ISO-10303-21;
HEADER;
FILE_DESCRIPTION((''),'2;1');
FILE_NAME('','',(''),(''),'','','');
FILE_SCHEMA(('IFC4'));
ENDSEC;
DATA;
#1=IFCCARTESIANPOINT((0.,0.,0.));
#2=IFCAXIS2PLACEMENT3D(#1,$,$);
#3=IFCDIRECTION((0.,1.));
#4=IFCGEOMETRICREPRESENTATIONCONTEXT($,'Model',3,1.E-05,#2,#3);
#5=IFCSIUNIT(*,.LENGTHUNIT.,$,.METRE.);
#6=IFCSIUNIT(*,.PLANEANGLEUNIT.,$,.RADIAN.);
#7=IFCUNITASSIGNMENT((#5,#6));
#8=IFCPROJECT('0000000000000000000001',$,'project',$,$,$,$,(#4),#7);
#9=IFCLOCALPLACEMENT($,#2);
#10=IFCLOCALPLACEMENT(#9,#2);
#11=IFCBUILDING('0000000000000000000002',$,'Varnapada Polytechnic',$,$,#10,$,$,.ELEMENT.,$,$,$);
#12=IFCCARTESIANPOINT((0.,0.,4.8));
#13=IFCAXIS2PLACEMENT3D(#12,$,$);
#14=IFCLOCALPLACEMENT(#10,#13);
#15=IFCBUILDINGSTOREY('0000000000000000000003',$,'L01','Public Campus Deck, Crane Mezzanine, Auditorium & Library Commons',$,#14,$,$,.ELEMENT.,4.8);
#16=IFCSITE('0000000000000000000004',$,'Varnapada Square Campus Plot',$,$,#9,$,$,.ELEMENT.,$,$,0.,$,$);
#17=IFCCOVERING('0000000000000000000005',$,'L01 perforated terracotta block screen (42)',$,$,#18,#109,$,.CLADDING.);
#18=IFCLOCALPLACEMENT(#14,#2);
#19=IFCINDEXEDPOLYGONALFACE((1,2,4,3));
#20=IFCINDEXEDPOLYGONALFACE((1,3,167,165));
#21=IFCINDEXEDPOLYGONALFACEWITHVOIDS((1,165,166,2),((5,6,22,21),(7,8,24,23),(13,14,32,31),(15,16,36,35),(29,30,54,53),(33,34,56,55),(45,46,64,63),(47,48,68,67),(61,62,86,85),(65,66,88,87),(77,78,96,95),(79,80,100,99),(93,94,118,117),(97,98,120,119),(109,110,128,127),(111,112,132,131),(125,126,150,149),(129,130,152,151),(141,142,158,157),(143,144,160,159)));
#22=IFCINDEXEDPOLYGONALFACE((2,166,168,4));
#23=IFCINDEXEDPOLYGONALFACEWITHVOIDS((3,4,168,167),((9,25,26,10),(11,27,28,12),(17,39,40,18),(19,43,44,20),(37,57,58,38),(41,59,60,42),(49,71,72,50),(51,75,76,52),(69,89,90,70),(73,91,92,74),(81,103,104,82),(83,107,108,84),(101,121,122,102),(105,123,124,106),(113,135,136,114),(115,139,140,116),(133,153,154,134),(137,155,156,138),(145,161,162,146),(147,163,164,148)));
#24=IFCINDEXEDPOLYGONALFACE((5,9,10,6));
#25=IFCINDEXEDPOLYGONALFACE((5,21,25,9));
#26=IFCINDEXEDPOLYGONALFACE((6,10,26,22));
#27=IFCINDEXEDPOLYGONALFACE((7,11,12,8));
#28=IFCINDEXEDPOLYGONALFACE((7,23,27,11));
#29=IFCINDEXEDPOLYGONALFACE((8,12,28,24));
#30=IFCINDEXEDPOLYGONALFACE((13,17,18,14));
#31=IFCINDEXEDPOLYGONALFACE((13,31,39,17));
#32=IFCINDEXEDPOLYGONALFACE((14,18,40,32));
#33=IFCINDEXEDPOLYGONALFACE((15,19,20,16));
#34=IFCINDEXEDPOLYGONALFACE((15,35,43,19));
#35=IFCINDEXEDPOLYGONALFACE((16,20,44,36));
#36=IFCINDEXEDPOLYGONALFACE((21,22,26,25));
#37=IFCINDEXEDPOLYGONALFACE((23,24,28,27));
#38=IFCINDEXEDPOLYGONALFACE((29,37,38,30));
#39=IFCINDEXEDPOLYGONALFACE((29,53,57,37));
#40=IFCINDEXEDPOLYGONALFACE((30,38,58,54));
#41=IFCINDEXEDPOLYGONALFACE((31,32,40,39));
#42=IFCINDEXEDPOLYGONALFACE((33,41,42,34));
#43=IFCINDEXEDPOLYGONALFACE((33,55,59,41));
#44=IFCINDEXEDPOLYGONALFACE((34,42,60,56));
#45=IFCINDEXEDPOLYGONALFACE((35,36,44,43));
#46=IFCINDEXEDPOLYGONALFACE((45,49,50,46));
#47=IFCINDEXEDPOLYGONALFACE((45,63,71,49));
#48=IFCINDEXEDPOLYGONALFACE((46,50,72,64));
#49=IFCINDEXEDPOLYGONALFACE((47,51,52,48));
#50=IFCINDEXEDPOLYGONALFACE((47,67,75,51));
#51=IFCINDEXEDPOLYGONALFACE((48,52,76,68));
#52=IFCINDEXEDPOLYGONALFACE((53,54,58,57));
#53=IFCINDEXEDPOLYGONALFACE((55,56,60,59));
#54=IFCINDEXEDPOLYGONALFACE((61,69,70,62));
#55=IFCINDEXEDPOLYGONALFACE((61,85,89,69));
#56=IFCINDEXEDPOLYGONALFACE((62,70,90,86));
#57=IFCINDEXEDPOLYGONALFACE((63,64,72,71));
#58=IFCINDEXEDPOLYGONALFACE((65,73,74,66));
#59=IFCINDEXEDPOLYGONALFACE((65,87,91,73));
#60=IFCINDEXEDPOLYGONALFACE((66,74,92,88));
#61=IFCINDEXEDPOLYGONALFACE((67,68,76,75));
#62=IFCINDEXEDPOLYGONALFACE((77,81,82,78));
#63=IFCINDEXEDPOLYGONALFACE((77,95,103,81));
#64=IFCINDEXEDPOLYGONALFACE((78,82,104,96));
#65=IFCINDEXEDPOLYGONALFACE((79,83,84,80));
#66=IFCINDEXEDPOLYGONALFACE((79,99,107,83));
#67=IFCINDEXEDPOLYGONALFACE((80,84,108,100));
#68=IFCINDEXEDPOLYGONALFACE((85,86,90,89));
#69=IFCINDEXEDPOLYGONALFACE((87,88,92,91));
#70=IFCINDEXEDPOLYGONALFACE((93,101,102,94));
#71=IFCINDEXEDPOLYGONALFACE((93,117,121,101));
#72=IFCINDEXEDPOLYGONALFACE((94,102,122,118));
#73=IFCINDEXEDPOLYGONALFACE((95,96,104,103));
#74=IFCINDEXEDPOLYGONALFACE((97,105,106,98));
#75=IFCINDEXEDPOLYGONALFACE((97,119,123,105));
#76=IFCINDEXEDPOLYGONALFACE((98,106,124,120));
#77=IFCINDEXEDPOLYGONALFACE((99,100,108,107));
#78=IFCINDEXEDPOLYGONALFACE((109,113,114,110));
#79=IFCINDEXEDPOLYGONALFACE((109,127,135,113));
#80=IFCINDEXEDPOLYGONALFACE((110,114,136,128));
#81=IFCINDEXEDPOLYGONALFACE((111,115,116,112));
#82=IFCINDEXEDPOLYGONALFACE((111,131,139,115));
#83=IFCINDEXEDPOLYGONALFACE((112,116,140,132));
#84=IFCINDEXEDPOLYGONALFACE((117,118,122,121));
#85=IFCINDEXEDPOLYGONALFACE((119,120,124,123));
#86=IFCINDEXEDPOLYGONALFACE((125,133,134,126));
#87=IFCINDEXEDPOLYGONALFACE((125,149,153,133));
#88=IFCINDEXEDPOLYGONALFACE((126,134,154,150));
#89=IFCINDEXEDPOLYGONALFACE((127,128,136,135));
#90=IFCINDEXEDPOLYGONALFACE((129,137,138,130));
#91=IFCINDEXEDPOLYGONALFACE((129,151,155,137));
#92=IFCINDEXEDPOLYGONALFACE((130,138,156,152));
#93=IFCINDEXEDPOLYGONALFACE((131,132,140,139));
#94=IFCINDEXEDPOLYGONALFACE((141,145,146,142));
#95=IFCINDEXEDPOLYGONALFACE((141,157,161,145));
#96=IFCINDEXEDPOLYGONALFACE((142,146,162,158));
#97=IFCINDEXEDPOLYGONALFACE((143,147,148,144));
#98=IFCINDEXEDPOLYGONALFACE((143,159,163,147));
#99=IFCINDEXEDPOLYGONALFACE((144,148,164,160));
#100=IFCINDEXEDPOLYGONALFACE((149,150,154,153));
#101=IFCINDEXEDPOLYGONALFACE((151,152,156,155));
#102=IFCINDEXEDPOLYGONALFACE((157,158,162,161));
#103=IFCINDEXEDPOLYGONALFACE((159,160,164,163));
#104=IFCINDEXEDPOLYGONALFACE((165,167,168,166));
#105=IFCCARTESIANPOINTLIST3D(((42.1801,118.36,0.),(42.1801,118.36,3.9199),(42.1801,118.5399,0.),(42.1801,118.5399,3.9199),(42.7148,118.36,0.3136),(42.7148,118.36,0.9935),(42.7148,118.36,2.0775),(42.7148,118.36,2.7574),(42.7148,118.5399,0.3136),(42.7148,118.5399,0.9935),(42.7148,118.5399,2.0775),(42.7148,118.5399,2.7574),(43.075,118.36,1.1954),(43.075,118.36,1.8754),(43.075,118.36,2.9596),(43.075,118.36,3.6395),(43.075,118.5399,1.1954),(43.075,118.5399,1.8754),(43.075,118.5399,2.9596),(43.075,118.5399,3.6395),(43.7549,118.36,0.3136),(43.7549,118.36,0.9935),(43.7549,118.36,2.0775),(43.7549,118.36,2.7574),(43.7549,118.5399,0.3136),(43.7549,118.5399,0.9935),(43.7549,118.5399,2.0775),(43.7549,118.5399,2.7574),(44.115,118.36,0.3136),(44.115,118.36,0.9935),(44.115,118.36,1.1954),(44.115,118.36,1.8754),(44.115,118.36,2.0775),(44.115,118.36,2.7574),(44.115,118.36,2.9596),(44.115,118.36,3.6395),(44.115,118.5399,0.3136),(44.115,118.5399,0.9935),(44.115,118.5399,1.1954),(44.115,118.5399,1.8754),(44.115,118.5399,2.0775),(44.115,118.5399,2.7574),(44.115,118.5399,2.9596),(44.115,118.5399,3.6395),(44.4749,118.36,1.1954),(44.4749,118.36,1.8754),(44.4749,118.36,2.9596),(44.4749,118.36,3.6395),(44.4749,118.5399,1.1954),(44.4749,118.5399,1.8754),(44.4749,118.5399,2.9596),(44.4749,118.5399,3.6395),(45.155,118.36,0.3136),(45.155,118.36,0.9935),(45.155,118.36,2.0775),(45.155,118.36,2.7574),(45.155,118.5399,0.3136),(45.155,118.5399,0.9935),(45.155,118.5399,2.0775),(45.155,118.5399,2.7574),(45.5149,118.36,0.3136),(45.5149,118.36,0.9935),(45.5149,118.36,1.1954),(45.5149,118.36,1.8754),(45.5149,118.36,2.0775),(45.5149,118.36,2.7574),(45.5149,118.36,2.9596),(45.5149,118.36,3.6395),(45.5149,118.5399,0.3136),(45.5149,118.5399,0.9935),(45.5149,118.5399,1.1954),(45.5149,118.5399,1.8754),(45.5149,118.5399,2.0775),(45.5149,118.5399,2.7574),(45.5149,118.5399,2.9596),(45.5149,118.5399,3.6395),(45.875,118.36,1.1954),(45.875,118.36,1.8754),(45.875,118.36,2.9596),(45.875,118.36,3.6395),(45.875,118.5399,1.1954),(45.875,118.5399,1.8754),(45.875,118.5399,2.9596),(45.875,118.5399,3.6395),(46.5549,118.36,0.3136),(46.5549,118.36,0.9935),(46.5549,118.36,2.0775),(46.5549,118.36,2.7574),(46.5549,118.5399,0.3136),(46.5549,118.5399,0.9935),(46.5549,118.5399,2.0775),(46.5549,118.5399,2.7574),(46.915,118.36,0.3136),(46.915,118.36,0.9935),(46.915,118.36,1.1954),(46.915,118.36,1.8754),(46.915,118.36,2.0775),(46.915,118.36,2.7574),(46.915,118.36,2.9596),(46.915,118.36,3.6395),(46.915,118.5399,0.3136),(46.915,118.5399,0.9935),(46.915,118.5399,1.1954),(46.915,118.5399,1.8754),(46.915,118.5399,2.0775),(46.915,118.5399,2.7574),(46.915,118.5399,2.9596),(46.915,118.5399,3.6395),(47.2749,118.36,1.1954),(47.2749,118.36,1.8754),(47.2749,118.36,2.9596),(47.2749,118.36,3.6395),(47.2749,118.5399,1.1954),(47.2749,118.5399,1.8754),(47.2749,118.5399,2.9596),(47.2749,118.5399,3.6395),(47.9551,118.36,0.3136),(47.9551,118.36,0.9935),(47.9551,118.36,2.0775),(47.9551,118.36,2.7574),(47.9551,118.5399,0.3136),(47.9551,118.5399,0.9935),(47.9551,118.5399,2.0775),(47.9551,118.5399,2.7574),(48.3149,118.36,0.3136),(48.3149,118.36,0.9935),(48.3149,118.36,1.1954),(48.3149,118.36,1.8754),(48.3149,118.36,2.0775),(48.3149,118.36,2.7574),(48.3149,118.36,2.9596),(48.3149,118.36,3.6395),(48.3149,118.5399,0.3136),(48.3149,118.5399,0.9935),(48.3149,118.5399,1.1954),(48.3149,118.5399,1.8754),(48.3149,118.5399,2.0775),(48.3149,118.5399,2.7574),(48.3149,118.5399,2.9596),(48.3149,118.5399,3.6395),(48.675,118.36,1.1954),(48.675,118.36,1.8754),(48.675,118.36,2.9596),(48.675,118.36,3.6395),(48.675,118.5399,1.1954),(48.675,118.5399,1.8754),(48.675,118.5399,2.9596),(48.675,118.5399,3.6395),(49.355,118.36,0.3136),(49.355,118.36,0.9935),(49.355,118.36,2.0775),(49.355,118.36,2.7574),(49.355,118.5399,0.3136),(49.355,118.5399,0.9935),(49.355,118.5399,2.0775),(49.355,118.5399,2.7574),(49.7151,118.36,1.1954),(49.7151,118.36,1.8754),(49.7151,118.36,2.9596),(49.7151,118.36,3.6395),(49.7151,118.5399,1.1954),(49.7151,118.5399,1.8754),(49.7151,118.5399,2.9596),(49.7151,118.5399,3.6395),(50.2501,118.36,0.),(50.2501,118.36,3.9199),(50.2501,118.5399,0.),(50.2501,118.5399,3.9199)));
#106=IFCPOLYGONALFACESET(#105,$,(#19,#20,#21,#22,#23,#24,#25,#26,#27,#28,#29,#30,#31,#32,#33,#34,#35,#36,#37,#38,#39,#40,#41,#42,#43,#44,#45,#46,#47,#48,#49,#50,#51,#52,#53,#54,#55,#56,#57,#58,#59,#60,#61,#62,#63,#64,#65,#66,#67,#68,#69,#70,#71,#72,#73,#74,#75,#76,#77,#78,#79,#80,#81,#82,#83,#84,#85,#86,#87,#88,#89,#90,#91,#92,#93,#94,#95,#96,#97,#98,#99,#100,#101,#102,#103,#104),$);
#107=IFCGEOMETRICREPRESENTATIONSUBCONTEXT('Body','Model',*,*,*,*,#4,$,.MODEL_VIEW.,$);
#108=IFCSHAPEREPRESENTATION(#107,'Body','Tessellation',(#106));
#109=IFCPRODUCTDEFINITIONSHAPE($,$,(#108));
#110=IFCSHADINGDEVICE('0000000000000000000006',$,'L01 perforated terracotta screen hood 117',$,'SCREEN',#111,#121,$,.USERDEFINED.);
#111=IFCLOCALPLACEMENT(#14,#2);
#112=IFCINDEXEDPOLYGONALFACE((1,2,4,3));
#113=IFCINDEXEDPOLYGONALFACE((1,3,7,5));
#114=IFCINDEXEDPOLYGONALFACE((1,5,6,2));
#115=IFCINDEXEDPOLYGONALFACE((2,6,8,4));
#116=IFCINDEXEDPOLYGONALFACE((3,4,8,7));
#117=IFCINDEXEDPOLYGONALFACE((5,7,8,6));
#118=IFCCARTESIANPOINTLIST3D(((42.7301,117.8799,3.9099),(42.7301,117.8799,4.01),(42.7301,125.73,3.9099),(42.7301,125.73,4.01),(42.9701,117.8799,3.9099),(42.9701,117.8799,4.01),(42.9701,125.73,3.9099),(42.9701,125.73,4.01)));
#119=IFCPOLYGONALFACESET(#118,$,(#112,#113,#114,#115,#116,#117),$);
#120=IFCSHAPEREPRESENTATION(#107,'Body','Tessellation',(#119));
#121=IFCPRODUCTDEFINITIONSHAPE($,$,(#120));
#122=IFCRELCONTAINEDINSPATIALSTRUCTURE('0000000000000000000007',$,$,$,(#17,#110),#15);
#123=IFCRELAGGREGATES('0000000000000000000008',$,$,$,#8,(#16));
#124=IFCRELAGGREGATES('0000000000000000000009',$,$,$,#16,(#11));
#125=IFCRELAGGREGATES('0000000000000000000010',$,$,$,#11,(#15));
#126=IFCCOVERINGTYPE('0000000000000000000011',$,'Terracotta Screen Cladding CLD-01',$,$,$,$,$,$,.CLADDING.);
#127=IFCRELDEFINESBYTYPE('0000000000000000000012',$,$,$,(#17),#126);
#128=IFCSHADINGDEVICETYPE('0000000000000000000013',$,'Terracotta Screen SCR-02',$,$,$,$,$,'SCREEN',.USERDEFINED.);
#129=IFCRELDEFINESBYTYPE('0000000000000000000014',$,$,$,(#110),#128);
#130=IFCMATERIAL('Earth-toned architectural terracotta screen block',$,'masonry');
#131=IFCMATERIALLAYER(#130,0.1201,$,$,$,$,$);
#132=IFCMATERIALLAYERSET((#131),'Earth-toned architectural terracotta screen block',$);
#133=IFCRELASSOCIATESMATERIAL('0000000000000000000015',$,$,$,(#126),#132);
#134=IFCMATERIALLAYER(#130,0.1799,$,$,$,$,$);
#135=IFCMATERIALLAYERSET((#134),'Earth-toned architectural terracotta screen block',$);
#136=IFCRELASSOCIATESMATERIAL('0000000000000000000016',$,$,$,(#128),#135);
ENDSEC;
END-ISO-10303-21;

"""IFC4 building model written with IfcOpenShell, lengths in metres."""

from ifc_helpers import new_model, si_unit, direction, frame, frame_2d, origin, origin_2d, place, context, subcontext, project, spatial, rectangle, extrude, material, layer, layer_set, type_object, element, save


model = new_model("IFC4")

# Units and contexts
model_context = context("Model", 3, precision=1e-05, world=origin(), true_north=direction((0.0, 1.0)))
body_context = subcontext(model_context, "Body", "Model", "MODEL_VIEW")
ifc_project = project(units=[si_unit("LENGTHUNIT", "METRE"), si_unit("PLANEANGLEUNIT", "RADIAN")], contexts=[model_context])

# Site, building, storey
site_placement = place(None, origin())
site = spatial("IfcSite", under=ifc_project, at=site_placement, Name="Varnapada Square Campus Plot", CompositionType="ELEMENT", RefElevation=0.0)
building_placement = place(site_placement, origin())
building = spatial("IfcBuilding", under=site, at=building_placement, Name="Varnapada Polytechnic", CompositionType="ELEMENT")
storey_placement = place(building_placement, frame((0.0, 0.0, 4.8)))
storey = spatial("IfcBuildingStorey", under=building, at=storey_placement, Name="L01", Description="Public Campus Deck, Crane Mezzanine, Auditorium & Library Commons", CompositionType="ELEMENT", Elevation=4.8)

# Covering, openings
ifc_material_1 = material(Name="Earth-toned architectural terracotta screen block", Category="masonry")
ifc_layer_1 = layer(ifc_material_1, 0.1201)
ifc_layer_set_1 = layer_set([ifc_layer_1], Name="Earth-toned architectural terracotta screen block")
covering_type = type_object("IfcCoveringType", Name="Terracotta Screen Cladding CLD-01", PredefinedType="CLADDING", material=ifc_layer_set_1)
covering_placement = place(storey_placement, frame((42.1799, 118.45, 0.0), z_axis=(0.0, 0.0, 1.0), x_axis=(1.0, 0.0, 0.0)))
covering = element("IfcCovering", 1, at=covering_placement, inside=storey, type_object=covering_type, Name="L01 perforated terracotta block screen (42)", PredefinedType="CLADDING", context=body_context, shape_type="SweptSolid", body=[
    extrude(rectangle(XDim=8.0701, YDim=0.1799, at=frame_2d((4.0352, 0.0))), origin(), (0.0, 0.0, 1.0), 3.9199),
])
opening_1_placement = place(covering_placement, frame((0.5349, 0.0, 0.3137)))
element("IfcOpeningElement", 2, at=opening_1_placement, cuts=covering, PredefinedType="OPENING", context=body_context, shape_type="SweptSolid", body=[
    extrude(rectangle(XDim=1.04, YDim=0.6799, at=frame_2d((0.52, 0.3398))), frame((0.0, 0.0999, 0.0), z_axis=(0.0, -1.0, 0.0), x_axis=(1.0, 0.0, 0.0)), (0.0, 0.0, 1.0), 0.2),
])
opening_2_placement = place(covering_placement, frame((1.9351, 0.0, 0.3137)))
element("IfcOpeningElement", 3, at=opening_2_placement, cuts=covering, PredefinedType="OPENING", context=body_context, shape_type="SweptSolid", body=[
    extrude(rectangle(XDim=1.04, YDim=0.6799, at=frame_2d((0.52, 0.3398))), frame((0.0, 0.0999, 0.0), z_axis=(0.0, -1.0, 0.0), x_axis=(1.0, 0.0, 0.0)), (0.0, 0.0, 1.0), 0.2),
])
opening_3_placement = place(covering_placement, frame((3.335, 0.0, 0.3137)))
element("IfcOpeningElement", 4, at=opening_3_placement, cuts=covering, PredefinedType="OPENING", context=body_context, shape_type="SweptSolid", body=[
    extrude(rectangle(XDim=1.04, YDim=0.6799, at=frame_2d((0.52, 0.3398))), frame((0.0, 0.0999, 0.0), z_axis=(0.0, -1.0, 0.0), x_axis=(1.0, 0.0, 0.0)), (0.0, 0.0, 1.0), 0.2),
])
opening_4_placement = place(covering_placement, frame((4.7351, 0.0, 0.3137)))
element("IfcOpeningElement", 5, at=opening_4_placement, cuts=covering, PredefinedType="OPENING", context=body_context, shape_type="SweptSolid", body=[
    extrude(rectangle(XDim=1.04, YDim=0.6799, at=frame_2d((0.52, 0.3398))), frame((0.0, 0.0999, 0.0), z_axis=(0.0, -1.0, 0.0), x_axis=(1.0, 0.0, 0.0)), (0.0, 0.0, 1.0), 0.2),
])
opening_5_placement = place(covering_placement, frame((6.135, 0.0, 0.3137)))
element("IfcOpeningElement", 6, at=opening_5_placement, cuts=covering, PredefinedType="OPENING", context=body_context, shape_type="SweptSolid", body=[
    extrude(rectangle(XDim=1.04, YDim=0.6799, at=frame_2d((0.52, 0.3398))), frame((0.0, 0.0999, 0.0), z_axis=(0.0, -1.0, 0.0), x_axis=(1.0, 0.0, 0.0)), (0.0, 0.0, 1.0), 0.2),
])
opening_6_placement = place(covering_placement, frame((0.895, 0.0, 1.1956)))
element("IfcOpeningElement", 7, at=opening_6_placement, cuts=covering, PredefinedType="OPENING", context=body_context, shape_type="SweptSolid", body=[
    extrude(rectangle(XDim=1.04, YDim=0.6799, at=frame_2d((0.52, 0.3398))), frame((0.0, 0.0999, 0.0), z_axis=(0.0, -1.0, 0.0), x_axis=(1.0, 0.0, 0.0)), (0.0, 0.0, 1.0), 0.2),
])
opening_7_placement = place(covering_placement, frame((2.2949, 0.0, 1.1956)))
element("IfcOpeningElement", 8, at=opening_7_placement, cuts=covering, PredefinedType="OPENING", context=body_context, shape_type="SweptSolid", body=[
    extrude(rectangle(XDim=1.04, YDim=0.6799, at=frame_2d((0.52, 0.3398))), frame((0.0, 0.0999, 0.0), z_axis=(0.0, -1.0, 0.0), x_axis=(1.0, 0.0, 0.0)), (0.0, 0.0, 1.0), 0.2),
])
opening_8_placement = place(covering_placement, frame((3.6951, 0.0, 1.1956)))
element("IfcOpeningElement", 9, at=opening_8_placement, cuts=covering, PredefinedType="OPENING", context=body_context, shape_type="SweptSolid", body=[
    extrude(rectangle(XDim=1.04, YDim=0.6799, at=frame_2d((0.52, 0.3398))), frame((0.0, 0.0999, 0.0), z_axis=(0.0, -1.0, 0.0), x_axis=(1.0, 0.0, 0.0)), (0.0, 0.0, 1.0), 0.2),
])
opening_9_placement = place(covering_placement, frame((5.095, 0.0, 1.1956)))
element("IfcOpeningElement", 10, at=opening_9_placement, cuts=covering, PredefinedType="OPENING", context=body_context, shape_type="SweptSolid", body=[
    extrude(rectangle(XDim=1.04, YDim=0.6799, at=frame_2d((0.52, 0.3398))), frame((0.0, 0.0999, 0.0), z_axis=(0.0, -1.0, 0.0), x_axis=(1.0, 0.0, 0.0)), (0.0, 0.0, 1.0), 0.2),
])
opening_10_placement = place(covering_placement, frame((6.4951, 0.0, 1.1956)))
element("IfcOpeningElement", 11, at=opening_10_placement, cuts=covering, PredefinedType="OPENING", context=body_context, shape_type="SweptSolid", body=[
    extrude(rectangle(XDim=1.04, YDim=0.6799, at=frame_2d((0.52, 0.3398))), frame((0.0, 0.0999, 0.0), z_axis=(0.0, -1.0, 0.0), x_axis=(1.0, 0.0, 0.0)), (0.0, 0.0, 1.0), 0.2),
])
opening_11_placement = place(covering_placement, frame((0.5349, 0.0, 2.0776)))
element("IfcOpeningElement", 12, at=opening_11_placement, cuts=covering, PredefinedType="OPENING", context=body_context, shape_type="SweptSolid", body=[
    extrude(rectangle(XDim=1.04, YDim=0.6799, at=frame_2d((0.52, 0.3398))), frame((0.0, 0.0999, 0.0), z_axis=(0.0, -1.0, 0.0), x_axis=(1.0, 0.0, 0.0)), (0.0, 0.0, 1.0), 0.2),
])
opening_12_placement = place(covering_placement, frame((1.9351, 0.0, 2.0776)))
element("IfcOpeningElement", 13, at=opening_12_placement, cuts=covering, PredefinedType="OPENING", context=body_context, shape_type="SweptSolid", body=[
    extrude(rectangle(XDim=1.04, YDim=0.6799, at=frame_2d((0.52, 0.3398))), frame((0.0, 0.0999, 0.0), z_axis=(0.0, -1.0, 0.0), x_axis=(1.0, 0.0, 0.0)), (0.0, 0.0, 1.0), 0.2),
])
opening_13_placement = place(covering_placement, frame((3.335, 0.0, 2.0776)))
element("IfcOpeningElement", 14, at=opening_13_placement, cuts=covering, PredefinedType="OPENING", context=body_context, shape_type="SweptSolid", body=[
    extrude(rectangle(XDim=1.04, YDim=0.6799, at=frame_2d((0.52, 0.3398))), frame((0.0, 0.0999, 0.0), z_axis=(0.0, -1.0, 0.0), x_axis=(1.0, 0.0, 0.0)), (0.0, 0.0, 1.0), 0.2),
])
opening_14_placement = place(covering_placement, frame((4.7351, 0.0, 2.0776)))
element("IfcOpeningElement", 15, at=opening_14_placement, cuts=covering, PredefinedType="OPENING", context=body_context, shape_type="SweptSolid", body=[
    extrude(rectangle(XDim=1.04, YDim=0.6799, at=frame_2d((0.52, 0.3398))), frame((0.0, 0.0999, 0.0), z_axis=(0.0, -1.0, 0.0), x_axis=(1.0, 0.0, 0.0)), (0.0, 0.0, 1.0), 0.2),
])
opening_15_placement = place(covering_placement, frame((6.135, 0.0, 2.0776)))
element("IfcOpeningElement", 16, at=opening_15_placement, cuts=covering, PredefinedType="OPENING", context=body_context, shape_type="SweptSolid", body=[
    extrude(rectangle(XDim=1.04, YDim=0.6799, at=frame_2d((0.52, 0.3398))), frame((0.0, 0.0999, 0.0), z_axis=(0.0, -1.0, 0.0), x_axis=(1.0, 0.0, 0.0)), (0.0, 0.0, 1.0), 0.2),
])
opening_16_placement = place(covering_placement, frame((0.895, 0.0, 2.9597)))
element("IfcOpeningElement", 17, at=opening_16_placement, cuts=covering, PredefinedType="OPENING", context=body_context, shape_type="SweptSolid", body=[
    extrude(rectangle(XDim=1.04, YDim=0.6799, at=frame_2d((0.52, 0.3398))), frame((0.0, 0.0999, 0.0), z_axis=(0.0, -1.0, 0.0), x_axis=(1.0, 0.0, 0.0)), (0.0, 0.0, 1.0), 0.2),
])
opening_17_placement = place(covering_placement, frame((2.2949, 0.0, 2.9597)))
element("IfcOpeningElement", 18, at=opening_17_placement, cuts=covering, PredefinedType="OPENING", context=body_context, shape_type="SweptSolid", body=[
    extrude(rectangle(XDim=1.04, YDim=0.6799, at=frame_2d((0.52, 0.3398))), frame((0.0, 0.0999, 0.0), z_axis=(0.0, -1.0, 0.0), x_axis=(1.0, 0.0, 0.0)), (0.0, 0.0, 1.0), 0.2),
])
opening_18_placement = place(covering_placement, frame((3.6951, 0.0, 2.9597)))
element("IfcOpeningElement", 19, at=opening_18_placement, cuts=covering, PredefinedType="OPENING", context=body_context, shape_type="SweptSolid", body=[
    extrude(rectangle(XDim=1.04, YDim=0.6799, at=frame_2d((0.52, 0.3398))), frame((0.0, 0.0999, 0.0), z_axis=(0.0, -1.0, 0.0), x_axis=(1.0, 0.0, 0.0)), (0.0, 0.0, 1.0), 0.2),
])
opening_19_placement = place(covering_placement, frame((5.095, 0.0, 2.9597)))
element("IfcOpeningElement", 20, at=opening_19_placement, cuts=covering, PredefinedType="OPENING", context=body_context, shape_type="SweptSolid", body=[
    extrude(rectangle(XDim=1.04, YDim=0.6799, at=frame_2d((0.52, 0.3398))), frame((0.0, 0.0999, 0.0), z_axis=(0.0, -1.0, 0.0), x_axis=(1.0, 0.0, 0.0)), (0.0, 0.0, 1.0), 0.2),
])
opening_20_placement = place(covering_placement, frame((6.4951, 0.0, 2.9597)))
element("IfcOpeningElement", 21, at=opening_20_placement, cuts=covering, PredefinedType="OPENING", context=body_context, shape_type="SweptSolid", body=[
    extrude(rectangle(XDim=1.04, YDim=0.6799, at=frame_2d((0.52, 0.3398))), frame((0.0, 0.0999, 0.0), z_axis=(0.0, -1.0, 0.0), x_axis=(1.0, 0.0, 0.0)), (0.0, 0.0, 1.0), 0.2),
])

# Shading device
ifc_layer_2 = layer(ifc_material_1, 0.1799)
ifc_layer_set_2 = layer_set([ifc_layer_2], Name="Earth-toned architectural terracotta screen block")
shading_device_type = type_object("IfcShadingDeviceType", Name="Terracotta Screen SCR-02", ElementType="SCREEN", PredefinedType="USERDEFINED", material=ifc_layer_set_2)
shading_device_placement = place(storey_placement, frame((42.8501, 121.8049, 3.9099), z_axis=(0.0, 0.0, 1.0), x_axis=(0.0, -1.0, 0.0)))
element("IfcShadingDevice", 22, at=shading_device_placement, inside=storey, type_object=shading_device_type, Name="L01 perforated terracotta screen hood 117", ObjectType="SCREEN", PredefinedType="USERDEFINED", context=body_context, shape_type="SweptSolid", body=[
    extrude(rectangle(XDim=7.8501, YDim=0.24, at=origin_2d()), origin(), (0.0, 0.0, 1.0), 0.1001),
])

save(model, "model.ifc")
